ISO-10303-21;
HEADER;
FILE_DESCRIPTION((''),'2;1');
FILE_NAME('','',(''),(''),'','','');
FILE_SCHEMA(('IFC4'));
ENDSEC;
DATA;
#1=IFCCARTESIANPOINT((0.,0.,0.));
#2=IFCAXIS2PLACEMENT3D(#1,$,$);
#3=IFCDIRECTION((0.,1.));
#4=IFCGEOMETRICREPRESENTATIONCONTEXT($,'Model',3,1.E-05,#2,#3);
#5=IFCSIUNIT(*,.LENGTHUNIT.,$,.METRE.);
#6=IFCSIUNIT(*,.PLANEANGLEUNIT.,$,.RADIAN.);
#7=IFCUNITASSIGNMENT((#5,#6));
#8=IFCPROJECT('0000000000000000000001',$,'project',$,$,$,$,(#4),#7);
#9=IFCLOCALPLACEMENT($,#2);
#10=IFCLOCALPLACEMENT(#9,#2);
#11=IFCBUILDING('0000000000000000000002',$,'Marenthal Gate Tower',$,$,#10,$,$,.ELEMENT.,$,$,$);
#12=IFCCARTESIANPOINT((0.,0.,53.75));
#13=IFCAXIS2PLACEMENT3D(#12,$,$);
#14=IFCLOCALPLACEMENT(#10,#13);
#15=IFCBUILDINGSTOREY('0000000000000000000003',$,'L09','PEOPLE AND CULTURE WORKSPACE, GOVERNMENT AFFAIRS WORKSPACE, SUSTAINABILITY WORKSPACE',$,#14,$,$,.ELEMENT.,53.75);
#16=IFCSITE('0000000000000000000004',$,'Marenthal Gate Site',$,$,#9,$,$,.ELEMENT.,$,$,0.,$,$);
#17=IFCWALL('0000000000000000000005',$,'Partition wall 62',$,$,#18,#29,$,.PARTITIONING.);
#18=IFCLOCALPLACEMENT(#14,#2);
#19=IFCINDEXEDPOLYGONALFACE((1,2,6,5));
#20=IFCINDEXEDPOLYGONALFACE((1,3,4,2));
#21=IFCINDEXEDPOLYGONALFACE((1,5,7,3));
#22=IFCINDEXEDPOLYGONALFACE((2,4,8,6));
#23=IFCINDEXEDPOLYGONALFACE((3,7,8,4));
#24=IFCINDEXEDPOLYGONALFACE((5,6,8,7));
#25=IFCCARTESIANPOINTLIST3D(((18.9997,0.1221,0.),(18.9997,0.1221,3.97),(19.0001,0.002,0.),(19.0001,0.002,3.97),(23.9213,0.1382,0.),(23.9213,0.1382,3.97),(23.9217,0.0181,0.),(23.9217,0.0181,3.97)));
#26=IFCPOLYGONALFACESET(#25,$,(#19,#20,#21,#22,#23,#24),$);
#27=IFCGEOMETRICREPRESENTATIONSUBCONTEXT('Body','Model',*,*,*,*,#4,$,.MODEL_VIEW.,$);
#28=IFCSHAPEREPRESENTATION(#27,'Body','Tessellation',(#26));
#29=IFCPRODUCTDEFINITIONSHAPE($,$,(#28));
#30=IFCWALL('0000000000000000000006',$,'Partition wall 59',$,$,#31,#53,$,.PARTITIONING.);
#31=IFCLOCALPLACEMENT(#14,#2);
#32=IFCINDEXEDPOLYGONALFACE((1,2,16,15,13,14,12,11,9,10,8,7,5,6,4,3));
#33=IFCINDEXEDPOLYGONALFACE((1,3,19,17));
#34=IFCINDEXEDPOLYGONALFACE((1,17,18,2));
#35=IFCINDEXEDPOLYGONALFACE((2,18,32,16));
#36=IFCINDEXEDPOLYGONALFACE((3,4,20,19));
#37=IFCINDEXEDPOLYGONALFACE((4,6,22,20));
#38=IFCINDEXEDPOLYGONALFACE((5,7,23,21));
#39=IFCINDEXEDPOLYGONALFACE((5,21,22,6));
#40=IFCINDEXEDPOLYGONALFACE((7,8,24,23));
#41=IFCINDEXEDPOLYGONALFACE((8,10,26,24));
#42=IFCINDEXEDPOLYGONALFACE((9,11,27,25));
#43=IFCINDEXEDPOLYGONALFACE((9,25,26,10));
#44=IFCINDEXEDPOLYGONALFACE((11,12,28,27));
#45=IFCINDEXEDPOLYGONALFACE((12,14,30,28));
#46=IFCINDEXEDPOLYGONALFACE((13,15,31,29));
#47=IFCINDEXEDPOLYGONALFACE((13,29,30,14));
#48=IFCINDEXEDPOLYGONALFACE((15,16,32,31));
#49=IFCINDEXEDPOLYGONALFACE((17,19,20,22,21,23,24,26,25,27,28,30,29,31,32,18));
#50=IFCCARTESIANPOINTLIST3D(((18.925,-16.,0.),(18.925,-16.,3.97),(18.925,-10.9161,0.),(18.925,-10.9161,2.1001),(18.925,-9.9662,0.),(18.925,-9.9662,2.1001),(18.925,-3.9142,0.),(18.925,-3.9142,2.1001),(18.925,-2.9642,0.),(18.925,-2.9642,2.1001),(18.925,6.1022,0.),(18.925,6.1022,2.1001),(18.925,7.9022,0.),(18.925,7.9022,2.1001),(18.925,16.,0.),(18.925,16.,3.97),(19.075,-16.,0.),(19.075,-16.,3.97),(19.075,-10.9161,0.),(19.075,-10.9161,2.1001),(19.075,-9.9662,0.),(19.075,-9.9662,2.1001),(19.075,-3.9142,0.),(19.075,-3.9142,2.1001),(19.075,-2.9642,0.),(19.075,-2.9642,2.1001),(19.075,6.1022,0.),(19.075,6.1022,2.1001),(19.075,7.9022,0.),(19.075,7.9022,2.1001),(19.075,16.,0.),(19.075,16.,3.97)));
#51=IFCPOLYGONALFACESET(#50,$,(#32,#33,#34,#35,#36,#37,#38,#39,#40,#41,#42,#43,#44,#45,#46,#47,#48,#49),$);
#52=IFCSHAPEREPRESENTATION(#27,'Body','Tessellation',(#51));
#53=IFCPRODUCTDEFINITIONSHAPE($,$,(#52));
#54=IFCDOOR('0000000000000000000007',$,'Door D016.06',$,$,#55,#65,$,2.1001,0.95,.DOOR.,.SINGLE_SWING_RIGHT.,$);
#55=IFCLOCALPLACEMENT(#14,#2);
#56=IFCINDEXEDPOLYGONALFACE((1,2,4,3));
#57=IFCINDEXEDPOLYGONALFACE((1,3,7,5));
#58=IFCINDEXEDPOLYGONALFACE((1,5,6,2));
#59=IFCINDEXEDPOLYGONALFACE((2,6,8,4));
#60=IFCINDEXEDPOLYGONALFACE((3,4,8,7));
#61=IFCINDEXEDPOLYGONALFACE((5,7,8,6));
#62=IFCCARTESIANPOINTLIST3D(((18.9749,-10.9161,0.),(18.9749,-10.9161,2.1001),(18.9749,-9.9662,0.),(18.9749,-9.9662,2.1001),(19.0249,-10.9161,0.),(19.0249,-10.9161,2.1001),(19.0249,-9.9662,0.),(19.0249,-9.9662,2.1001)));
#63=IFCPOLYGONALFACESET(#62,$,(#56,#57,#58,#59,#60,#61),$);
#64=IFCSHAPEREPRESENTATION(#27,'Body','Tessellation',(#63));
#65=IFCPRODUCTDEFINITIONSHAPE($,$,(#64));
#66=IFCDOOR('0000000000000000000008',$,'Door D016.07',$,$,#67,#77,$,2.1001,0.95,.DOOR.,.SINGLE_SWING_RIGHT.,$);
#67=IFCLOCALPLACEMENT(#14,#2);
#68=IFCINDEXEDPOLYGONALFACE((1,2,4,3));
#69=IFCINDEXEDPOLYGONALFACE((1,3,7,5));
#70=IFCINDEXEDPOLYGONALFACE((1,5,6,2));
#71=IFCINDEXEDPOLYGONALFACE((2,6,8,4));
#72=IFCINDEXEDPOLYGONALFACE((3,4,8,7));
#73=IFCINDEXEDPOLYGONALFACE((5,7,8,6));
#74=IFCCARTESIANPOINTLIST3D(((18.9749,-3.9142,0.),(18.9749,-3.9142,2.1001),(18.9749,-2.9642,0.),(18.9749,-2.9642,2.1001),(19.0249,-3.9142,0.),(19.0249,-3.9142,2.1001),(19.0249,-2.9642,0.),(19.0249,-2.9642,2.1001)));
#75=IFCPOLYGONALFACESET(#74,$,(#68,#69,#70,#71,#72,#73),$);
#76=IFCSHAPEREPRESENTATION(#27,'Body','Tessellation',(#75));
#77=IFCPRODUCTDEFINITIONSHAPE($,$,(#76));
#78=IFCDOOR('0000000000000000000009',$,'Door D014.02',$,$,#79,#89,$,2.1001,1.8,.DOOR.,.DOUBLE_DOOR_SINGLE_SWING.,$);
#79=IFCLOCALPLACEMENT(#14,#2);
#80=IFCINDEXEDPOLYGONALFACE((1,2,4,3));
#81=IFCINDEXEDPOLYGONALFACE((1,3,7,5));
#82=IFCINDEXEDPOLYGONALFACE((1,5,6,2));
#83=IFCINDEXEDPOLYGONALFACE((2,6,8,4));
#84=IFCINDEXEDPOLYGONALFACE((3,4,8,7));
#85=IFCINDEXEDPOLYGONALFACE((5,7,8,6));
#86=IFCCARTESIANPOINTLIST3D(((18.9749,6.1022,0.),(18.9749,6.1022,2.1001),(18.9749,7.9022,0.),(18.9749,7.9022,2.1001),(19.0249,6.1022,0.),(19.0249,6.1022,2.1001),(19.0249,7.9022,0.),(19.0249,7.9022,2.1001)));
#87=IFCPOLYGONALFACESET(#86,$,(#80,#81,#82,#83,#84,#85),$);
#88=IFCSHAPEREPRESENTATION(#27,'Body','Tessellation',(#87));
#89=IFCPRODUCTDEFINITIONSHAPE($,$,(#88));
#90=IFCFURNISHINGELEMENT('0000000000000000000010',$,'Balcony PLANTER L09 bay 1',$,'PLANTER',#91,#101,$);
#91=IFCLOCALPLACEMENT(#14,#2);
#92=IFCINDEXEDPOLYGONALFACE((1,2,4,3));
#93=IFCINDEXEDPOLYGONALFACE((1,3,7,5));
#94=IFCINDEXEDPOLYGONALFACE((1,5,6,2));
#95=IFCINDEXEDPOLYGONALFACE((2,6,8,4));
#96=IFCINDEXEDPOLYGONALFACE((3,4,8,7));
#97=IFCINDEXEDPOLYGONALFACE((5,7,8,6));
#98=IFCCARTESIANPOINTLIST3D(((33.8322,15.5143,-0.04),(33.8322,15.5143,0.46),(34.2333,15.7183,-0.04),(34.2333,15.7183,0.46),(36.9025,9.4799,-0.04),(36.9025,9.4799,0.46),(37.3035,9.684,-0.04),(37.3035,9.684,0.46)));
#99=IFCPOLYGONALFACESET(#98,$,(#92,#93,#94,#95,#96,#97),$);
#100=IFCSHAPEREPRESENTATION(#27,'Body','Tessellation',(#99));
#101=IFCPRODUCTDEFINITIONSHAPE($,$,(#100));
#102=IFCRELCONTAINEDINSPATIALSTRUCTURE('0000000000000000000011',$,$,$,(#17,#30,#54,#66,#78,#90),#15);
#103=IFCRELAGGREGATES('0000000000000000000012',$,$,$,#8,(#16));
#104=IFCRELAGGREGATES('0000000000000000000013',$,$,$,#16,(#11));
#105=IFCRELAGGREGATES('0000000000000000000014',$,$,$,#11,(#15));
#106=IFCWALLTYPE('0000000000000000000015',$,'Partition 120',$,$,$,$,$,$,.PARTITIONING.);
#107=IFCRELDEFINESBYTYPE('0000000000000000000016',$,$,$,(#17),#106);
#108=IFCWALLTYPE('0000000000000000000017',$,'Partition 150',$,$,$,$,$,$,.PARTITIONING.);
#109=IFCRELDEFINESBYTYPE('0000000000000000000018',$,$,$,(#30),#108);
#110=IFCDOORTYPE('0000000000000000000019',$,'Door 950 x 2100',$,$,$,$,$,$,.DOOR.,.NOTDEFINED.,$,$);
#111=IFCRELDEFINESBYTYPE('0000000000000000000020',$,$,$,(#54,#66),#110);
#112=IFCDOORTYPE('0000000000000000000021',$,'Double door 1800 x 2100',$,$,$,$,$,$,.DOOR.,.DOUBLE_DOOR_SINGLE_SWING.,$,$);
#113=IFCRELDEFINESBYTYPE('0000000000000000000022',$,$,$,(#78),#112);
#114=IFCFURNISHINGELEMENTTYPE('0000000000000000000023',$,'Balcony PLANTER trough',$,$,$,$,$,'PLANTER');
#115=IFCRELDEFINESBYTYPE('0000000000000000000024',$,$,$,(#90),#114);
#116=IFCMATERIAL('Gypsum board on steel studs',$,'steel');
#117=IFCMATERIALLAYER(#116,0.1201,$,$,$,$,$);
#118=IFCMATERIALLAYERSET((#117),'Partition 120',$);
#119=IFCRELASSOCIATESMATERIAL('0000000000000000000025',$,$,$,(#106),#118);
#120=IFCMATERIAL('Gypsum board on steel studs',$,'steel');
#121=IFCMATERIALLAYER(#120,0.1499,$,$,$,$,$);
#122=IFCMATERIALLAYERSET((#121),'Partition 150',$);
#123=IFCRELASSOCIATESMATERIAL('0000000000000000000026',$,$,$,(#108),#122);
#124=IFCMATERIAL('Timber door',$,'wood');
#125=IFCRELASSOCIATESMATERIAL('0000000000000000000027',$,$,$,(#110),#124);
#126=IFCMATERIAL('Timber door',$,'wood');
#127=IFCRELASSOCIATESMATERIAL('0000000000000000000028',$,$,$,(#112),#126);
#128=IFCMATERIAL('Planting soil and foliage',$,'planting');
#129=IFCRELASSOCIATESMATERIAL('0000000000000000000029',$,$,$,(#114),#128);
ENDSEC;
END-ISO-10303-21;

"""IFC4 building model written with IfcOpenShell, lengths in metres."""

from ifc_helpers import new_model, si_unit, direction, frame, frame_2d, origin, origin_2d, place, context, subcontext, project, spatial, rectangle, extrude, material, layer, layer_set, type_object, element, fill, save


model = new_model("IFC4")

# Units and contexts
model_context = context("Model", 3, precision=1e-05, world=origin(), true_north=direction((0.0, 1.0)))
body_context = subcontext(model_context, "Body", "Model", "MODEL_VIEW")
ifc_project = project(units=[si_unit("LENGTHUNIT", "METRE"), si_unit("PLANEANGLEUNIT", "RADIAN")], contexts=[model_context])

# Site, building, storey
site_placement = place(None, origin())
site = spatial("IfcSite", under=ifc_project, at=site_placement, Name="Marenthal Gate Site", CompositionType="ELEMENT", RefElevation=0.0)
building_placement = place(site_placement, origin())
building = spatial("IfcBuilding", under=site, at=building_placement, Name="Marenthal Gate Tower", CompositionType="ELEMENT")
storey_placement = place(building_placement, frame((0.0, 0.0, 53.75)))
storey = spatial("IfcBuildingStorey", under=building, at=storey_placement, Name="L09", Description="PEOPLE AND CULTURE WORKSPACE, GOVERNMENT AFFAIRS WORKSPACE, SUSTAINABILITY WORKSPACE", CompositionType="ELEMENT", Elevation=53.75)

# Wall
ifc_material_1 = material(Name="Gypsum board on steel studs", Category="steel")
ifc_layer_1 = layer(ifc_material_1, 0.1201)
ifc_layer_set_1 = layer_set([ifc_layer_1], Name="Partition 120")
wall_type_1 = type_object("IfcWallType", Name="Partition 120", PredefinedType="PARTITIONING", material=ifc_layer_set_1)
wall_1_placement = place(storey_placement, frame((23.9216, 0.0781, 0.0), z_axis=(0.0, 0.0, 1.0), x_axis=(-0.999995, -0.003274, 0.0)))
element("IfcWall", 1, at=wall_1_placement, inside=storey, type_object=wall_type_1, Name="Partition wall 62", PredefinedType="PARTITIONING", context=body_context, shape_type="SweptSolid", body=[
    extrude(rectangle(XDim=4.9216, YDim=0.1201, at=frame_2d((2.4609, 0.0))), origin(), (0.0, 0.0, 1.0), 3.97),
])

# Wall, openings, doors
ifc_material_2 = material(Name="Gypsum board on steel studs", Category="steel")
ifc_layer_2 = layer(ifc_material_2, 0.1499)
ifc_layer_set_2 = layer_set([ifc_layer_2], Name="Partition 150")
wall_type_2 = type_object("IfcWallType", Name="Partition 150", PredefinedType="PARTITIONING", material=ifc_layer_set_2)
wall_2_placement = place(storey_placement, frame((19.0, 16.0, 0.0), z_axis=(0.0, 0.0, 1.0), x_axis=(0.0, -1.0, 0.0)))
wall_2 = element("IfcWall", 2, at=wall_2_placement, inside=storey, type_object=wall_type_2, Name="Partition wall 59", PredefinedType="PARTITIONING", context=body_context, shape_type="SweptSolid", body=[
    extrude(rectangle(XDim=32.0, YDim=0.1499, at=frame_2d((16.0, 0.0))), origin(), (0.0, 0.0, 1.0), 3.97),
])
opening_1_placement = place(wall_2_placement, frame((25.9661, 0.0, 0.0)))
opening_1 = element("IfcOpeningElement", 3, at=opening_1_placement, cuts=wall_2, PredefinedType="OPENING", context=body_context, shape_type="SweptSolid", body=[
    extrude(rectangle(XDim=0.95, YDim=2.1001, at=frame_2d((0.4751, 1.05))), frame((0.0, 0.085, 0.0), z_axis=(0.0, -1.0, 0.0), x_axis=(1.0, 0.0, 0.0)), (0.0, 0.0, 1.0), 0.1699),
])
opening_2_placement = place(wall_2_placement, frame((18.9641, 0.0, 0.0)))
opening_2 = element("IfcOpeningElement", 4, at=opening_2_placement, cuts=wall_2, PredefinedType="OPENING", context=body_context, shape_type="SweptSolid", body=[
    extrude(rectangle(XDim=0.95, YDim=2.1001, at=frame_2d((0.4751, 1.05))), frame((0.0, 0.085, 0.0), z_axis=(0.0, -1.0, 0.0), x_axis=(1.0, 0.0, 0.0)), (0.0, 0.0, 1.0), 0.1699),
])
opening_3_placement = place(wall_2_placement, frame((8.0979, 0.0, 0.0)))
opening_3 = element("IfcOpeningElement", 5, at=opening_3_placement, cuts=wall_2, PredefinedType="OPENING", context=body_context, shape_type="SweptSolid", body=[
    extrude(rectangle(XDim=1.8, YDim=2.1001, at=frame_2d((0.8999, 1.05))), frame((0.0, 0.085, 0.0), z_axis=(0.0, -1.0, 0.0), x_axis=(1.0, 0.0, 0.0)), (0.0, 0.0, 1.0), 0.1699),
])
ifc_material_3 = material(Name="Timber door", Category="wood")
door_type_1 = type_object("IfcDoorType", Name="Door 950 x 2100", OperationType="NOTDEFINED", PredefinedType="DOOR", material=ifc_material_3)
door_1_placement = place(opening_1_placement, origin())
door_1 = element("IfcDoor", 6, at=door_1_placement, inside=storey, type_object=door_type_1, Name="Door D016.06", OperationType="SINGLE_SWING_RIGHT", OverallHeight=2.1001, OverallWidth=0.95, PredefinedType="DOOR", context=body_context, shape_type="SweptSolid", body=[
    extrude(rectangle(XDim=0.95, YDim=2.1001, at=frame_2d((0.4751, 1.05))), frame((0.0, 0.0249, 0.0), z_axis=(0.0, -1.0, 0.0), x_axis=(1.0, 0.0, 0.0)), (0.0, 0.0, 1.0), 0.05),
])
fill(opening_1, door_1)
door_2_placement = place(opening_2_placement, origin())
door_2 = element("IfcDoor", 7, at=door_2_placement, inside=storey, type_object=door_type_1, Name="Door D016.07", OperationType="SINGLE_SWING_RIGHT", OverallHeight=2.1001, OverallWidth=0.95, PredefinedType="DOOR", context=body_context, shape_type="SweptSolid", body=[
    extrude(rectangle(XDim=0.95, YDim=2.1001, at=frame_2d((0.4751, 1.05))), frame((0.0, 0.0249, 0.0), z_axis=(0.0, -1.0, 0.0), x_axis=(1.0, 0.0, 0.0)), (0.0, 0.0, 1.0), 0.05),
])
fill(opening_2, door_2)
ifc_material_4 = material(Name="Timber door", Category="wood")
door_type_2 = type_object("IfcDoorType", Name="Double door 1800 x 2100", OperationType="DOUBLE_DOOR_SINGLE_SWING", PredefinedType="DOOR", material=ifc_material_4)
door_3_placement = place(opening_3_placement, origin())
door_3 = element("IfcDoor", 8, at=door_3_placement, inside=storey, type_object=door_type_2, Name="Door D014.02", OperationType="DOUBLE_DOOR_SINGLE_SWING", OverallHeight=2.1001, OverallWidth=1.8, PredefinedType="DOOR", context=body_context, shape_type="SweptSolid", body=[
    extrude(rectangle(XDim=1.8, YDim=2.1001, at=frame_2d((0.8999, 1.05))), frame((0.0, 0.0249, 0.0), z_axis=(0.0, -1.0, 0.0), x_axis=(1.0, 0.0, 0.0)), (0.0, 0.0, 1.0), 0.05),
])
fill(opening_3, door_3)

# Furnishing element
ifc_material_5 = material(Name="Planting soil and foliage", Category="planting")
furnishing_element_type = type_object("IfcFurnishingElementType", Name="Balcony PLANTER trough", ElementType="PLANTER", material=ifc_material_5)
furnishing_placement = place(storey_placement, frame((35.5679, 12.5991, -0.04), z_axis=(0.0, 0.0, 1.0), x_axis=(-0.453476, 0.891269, 0.0)))
element("IfcFurnishingElement", 9, at=furnishing_placement, inside=storey, type_object=furnishing_element_type, Name="Balcony PLANTER L09 bay 1", ObjectType="PLANTER", context=body_context, shape_type="SweptSolid", body=[
    extrude(rectangle(XDim=6.7705, YDim=0.45, at=origin_2d()), origin(), (0.0, 0.0, 1.0), 0.5),
])

save(model, "model.ifc")
